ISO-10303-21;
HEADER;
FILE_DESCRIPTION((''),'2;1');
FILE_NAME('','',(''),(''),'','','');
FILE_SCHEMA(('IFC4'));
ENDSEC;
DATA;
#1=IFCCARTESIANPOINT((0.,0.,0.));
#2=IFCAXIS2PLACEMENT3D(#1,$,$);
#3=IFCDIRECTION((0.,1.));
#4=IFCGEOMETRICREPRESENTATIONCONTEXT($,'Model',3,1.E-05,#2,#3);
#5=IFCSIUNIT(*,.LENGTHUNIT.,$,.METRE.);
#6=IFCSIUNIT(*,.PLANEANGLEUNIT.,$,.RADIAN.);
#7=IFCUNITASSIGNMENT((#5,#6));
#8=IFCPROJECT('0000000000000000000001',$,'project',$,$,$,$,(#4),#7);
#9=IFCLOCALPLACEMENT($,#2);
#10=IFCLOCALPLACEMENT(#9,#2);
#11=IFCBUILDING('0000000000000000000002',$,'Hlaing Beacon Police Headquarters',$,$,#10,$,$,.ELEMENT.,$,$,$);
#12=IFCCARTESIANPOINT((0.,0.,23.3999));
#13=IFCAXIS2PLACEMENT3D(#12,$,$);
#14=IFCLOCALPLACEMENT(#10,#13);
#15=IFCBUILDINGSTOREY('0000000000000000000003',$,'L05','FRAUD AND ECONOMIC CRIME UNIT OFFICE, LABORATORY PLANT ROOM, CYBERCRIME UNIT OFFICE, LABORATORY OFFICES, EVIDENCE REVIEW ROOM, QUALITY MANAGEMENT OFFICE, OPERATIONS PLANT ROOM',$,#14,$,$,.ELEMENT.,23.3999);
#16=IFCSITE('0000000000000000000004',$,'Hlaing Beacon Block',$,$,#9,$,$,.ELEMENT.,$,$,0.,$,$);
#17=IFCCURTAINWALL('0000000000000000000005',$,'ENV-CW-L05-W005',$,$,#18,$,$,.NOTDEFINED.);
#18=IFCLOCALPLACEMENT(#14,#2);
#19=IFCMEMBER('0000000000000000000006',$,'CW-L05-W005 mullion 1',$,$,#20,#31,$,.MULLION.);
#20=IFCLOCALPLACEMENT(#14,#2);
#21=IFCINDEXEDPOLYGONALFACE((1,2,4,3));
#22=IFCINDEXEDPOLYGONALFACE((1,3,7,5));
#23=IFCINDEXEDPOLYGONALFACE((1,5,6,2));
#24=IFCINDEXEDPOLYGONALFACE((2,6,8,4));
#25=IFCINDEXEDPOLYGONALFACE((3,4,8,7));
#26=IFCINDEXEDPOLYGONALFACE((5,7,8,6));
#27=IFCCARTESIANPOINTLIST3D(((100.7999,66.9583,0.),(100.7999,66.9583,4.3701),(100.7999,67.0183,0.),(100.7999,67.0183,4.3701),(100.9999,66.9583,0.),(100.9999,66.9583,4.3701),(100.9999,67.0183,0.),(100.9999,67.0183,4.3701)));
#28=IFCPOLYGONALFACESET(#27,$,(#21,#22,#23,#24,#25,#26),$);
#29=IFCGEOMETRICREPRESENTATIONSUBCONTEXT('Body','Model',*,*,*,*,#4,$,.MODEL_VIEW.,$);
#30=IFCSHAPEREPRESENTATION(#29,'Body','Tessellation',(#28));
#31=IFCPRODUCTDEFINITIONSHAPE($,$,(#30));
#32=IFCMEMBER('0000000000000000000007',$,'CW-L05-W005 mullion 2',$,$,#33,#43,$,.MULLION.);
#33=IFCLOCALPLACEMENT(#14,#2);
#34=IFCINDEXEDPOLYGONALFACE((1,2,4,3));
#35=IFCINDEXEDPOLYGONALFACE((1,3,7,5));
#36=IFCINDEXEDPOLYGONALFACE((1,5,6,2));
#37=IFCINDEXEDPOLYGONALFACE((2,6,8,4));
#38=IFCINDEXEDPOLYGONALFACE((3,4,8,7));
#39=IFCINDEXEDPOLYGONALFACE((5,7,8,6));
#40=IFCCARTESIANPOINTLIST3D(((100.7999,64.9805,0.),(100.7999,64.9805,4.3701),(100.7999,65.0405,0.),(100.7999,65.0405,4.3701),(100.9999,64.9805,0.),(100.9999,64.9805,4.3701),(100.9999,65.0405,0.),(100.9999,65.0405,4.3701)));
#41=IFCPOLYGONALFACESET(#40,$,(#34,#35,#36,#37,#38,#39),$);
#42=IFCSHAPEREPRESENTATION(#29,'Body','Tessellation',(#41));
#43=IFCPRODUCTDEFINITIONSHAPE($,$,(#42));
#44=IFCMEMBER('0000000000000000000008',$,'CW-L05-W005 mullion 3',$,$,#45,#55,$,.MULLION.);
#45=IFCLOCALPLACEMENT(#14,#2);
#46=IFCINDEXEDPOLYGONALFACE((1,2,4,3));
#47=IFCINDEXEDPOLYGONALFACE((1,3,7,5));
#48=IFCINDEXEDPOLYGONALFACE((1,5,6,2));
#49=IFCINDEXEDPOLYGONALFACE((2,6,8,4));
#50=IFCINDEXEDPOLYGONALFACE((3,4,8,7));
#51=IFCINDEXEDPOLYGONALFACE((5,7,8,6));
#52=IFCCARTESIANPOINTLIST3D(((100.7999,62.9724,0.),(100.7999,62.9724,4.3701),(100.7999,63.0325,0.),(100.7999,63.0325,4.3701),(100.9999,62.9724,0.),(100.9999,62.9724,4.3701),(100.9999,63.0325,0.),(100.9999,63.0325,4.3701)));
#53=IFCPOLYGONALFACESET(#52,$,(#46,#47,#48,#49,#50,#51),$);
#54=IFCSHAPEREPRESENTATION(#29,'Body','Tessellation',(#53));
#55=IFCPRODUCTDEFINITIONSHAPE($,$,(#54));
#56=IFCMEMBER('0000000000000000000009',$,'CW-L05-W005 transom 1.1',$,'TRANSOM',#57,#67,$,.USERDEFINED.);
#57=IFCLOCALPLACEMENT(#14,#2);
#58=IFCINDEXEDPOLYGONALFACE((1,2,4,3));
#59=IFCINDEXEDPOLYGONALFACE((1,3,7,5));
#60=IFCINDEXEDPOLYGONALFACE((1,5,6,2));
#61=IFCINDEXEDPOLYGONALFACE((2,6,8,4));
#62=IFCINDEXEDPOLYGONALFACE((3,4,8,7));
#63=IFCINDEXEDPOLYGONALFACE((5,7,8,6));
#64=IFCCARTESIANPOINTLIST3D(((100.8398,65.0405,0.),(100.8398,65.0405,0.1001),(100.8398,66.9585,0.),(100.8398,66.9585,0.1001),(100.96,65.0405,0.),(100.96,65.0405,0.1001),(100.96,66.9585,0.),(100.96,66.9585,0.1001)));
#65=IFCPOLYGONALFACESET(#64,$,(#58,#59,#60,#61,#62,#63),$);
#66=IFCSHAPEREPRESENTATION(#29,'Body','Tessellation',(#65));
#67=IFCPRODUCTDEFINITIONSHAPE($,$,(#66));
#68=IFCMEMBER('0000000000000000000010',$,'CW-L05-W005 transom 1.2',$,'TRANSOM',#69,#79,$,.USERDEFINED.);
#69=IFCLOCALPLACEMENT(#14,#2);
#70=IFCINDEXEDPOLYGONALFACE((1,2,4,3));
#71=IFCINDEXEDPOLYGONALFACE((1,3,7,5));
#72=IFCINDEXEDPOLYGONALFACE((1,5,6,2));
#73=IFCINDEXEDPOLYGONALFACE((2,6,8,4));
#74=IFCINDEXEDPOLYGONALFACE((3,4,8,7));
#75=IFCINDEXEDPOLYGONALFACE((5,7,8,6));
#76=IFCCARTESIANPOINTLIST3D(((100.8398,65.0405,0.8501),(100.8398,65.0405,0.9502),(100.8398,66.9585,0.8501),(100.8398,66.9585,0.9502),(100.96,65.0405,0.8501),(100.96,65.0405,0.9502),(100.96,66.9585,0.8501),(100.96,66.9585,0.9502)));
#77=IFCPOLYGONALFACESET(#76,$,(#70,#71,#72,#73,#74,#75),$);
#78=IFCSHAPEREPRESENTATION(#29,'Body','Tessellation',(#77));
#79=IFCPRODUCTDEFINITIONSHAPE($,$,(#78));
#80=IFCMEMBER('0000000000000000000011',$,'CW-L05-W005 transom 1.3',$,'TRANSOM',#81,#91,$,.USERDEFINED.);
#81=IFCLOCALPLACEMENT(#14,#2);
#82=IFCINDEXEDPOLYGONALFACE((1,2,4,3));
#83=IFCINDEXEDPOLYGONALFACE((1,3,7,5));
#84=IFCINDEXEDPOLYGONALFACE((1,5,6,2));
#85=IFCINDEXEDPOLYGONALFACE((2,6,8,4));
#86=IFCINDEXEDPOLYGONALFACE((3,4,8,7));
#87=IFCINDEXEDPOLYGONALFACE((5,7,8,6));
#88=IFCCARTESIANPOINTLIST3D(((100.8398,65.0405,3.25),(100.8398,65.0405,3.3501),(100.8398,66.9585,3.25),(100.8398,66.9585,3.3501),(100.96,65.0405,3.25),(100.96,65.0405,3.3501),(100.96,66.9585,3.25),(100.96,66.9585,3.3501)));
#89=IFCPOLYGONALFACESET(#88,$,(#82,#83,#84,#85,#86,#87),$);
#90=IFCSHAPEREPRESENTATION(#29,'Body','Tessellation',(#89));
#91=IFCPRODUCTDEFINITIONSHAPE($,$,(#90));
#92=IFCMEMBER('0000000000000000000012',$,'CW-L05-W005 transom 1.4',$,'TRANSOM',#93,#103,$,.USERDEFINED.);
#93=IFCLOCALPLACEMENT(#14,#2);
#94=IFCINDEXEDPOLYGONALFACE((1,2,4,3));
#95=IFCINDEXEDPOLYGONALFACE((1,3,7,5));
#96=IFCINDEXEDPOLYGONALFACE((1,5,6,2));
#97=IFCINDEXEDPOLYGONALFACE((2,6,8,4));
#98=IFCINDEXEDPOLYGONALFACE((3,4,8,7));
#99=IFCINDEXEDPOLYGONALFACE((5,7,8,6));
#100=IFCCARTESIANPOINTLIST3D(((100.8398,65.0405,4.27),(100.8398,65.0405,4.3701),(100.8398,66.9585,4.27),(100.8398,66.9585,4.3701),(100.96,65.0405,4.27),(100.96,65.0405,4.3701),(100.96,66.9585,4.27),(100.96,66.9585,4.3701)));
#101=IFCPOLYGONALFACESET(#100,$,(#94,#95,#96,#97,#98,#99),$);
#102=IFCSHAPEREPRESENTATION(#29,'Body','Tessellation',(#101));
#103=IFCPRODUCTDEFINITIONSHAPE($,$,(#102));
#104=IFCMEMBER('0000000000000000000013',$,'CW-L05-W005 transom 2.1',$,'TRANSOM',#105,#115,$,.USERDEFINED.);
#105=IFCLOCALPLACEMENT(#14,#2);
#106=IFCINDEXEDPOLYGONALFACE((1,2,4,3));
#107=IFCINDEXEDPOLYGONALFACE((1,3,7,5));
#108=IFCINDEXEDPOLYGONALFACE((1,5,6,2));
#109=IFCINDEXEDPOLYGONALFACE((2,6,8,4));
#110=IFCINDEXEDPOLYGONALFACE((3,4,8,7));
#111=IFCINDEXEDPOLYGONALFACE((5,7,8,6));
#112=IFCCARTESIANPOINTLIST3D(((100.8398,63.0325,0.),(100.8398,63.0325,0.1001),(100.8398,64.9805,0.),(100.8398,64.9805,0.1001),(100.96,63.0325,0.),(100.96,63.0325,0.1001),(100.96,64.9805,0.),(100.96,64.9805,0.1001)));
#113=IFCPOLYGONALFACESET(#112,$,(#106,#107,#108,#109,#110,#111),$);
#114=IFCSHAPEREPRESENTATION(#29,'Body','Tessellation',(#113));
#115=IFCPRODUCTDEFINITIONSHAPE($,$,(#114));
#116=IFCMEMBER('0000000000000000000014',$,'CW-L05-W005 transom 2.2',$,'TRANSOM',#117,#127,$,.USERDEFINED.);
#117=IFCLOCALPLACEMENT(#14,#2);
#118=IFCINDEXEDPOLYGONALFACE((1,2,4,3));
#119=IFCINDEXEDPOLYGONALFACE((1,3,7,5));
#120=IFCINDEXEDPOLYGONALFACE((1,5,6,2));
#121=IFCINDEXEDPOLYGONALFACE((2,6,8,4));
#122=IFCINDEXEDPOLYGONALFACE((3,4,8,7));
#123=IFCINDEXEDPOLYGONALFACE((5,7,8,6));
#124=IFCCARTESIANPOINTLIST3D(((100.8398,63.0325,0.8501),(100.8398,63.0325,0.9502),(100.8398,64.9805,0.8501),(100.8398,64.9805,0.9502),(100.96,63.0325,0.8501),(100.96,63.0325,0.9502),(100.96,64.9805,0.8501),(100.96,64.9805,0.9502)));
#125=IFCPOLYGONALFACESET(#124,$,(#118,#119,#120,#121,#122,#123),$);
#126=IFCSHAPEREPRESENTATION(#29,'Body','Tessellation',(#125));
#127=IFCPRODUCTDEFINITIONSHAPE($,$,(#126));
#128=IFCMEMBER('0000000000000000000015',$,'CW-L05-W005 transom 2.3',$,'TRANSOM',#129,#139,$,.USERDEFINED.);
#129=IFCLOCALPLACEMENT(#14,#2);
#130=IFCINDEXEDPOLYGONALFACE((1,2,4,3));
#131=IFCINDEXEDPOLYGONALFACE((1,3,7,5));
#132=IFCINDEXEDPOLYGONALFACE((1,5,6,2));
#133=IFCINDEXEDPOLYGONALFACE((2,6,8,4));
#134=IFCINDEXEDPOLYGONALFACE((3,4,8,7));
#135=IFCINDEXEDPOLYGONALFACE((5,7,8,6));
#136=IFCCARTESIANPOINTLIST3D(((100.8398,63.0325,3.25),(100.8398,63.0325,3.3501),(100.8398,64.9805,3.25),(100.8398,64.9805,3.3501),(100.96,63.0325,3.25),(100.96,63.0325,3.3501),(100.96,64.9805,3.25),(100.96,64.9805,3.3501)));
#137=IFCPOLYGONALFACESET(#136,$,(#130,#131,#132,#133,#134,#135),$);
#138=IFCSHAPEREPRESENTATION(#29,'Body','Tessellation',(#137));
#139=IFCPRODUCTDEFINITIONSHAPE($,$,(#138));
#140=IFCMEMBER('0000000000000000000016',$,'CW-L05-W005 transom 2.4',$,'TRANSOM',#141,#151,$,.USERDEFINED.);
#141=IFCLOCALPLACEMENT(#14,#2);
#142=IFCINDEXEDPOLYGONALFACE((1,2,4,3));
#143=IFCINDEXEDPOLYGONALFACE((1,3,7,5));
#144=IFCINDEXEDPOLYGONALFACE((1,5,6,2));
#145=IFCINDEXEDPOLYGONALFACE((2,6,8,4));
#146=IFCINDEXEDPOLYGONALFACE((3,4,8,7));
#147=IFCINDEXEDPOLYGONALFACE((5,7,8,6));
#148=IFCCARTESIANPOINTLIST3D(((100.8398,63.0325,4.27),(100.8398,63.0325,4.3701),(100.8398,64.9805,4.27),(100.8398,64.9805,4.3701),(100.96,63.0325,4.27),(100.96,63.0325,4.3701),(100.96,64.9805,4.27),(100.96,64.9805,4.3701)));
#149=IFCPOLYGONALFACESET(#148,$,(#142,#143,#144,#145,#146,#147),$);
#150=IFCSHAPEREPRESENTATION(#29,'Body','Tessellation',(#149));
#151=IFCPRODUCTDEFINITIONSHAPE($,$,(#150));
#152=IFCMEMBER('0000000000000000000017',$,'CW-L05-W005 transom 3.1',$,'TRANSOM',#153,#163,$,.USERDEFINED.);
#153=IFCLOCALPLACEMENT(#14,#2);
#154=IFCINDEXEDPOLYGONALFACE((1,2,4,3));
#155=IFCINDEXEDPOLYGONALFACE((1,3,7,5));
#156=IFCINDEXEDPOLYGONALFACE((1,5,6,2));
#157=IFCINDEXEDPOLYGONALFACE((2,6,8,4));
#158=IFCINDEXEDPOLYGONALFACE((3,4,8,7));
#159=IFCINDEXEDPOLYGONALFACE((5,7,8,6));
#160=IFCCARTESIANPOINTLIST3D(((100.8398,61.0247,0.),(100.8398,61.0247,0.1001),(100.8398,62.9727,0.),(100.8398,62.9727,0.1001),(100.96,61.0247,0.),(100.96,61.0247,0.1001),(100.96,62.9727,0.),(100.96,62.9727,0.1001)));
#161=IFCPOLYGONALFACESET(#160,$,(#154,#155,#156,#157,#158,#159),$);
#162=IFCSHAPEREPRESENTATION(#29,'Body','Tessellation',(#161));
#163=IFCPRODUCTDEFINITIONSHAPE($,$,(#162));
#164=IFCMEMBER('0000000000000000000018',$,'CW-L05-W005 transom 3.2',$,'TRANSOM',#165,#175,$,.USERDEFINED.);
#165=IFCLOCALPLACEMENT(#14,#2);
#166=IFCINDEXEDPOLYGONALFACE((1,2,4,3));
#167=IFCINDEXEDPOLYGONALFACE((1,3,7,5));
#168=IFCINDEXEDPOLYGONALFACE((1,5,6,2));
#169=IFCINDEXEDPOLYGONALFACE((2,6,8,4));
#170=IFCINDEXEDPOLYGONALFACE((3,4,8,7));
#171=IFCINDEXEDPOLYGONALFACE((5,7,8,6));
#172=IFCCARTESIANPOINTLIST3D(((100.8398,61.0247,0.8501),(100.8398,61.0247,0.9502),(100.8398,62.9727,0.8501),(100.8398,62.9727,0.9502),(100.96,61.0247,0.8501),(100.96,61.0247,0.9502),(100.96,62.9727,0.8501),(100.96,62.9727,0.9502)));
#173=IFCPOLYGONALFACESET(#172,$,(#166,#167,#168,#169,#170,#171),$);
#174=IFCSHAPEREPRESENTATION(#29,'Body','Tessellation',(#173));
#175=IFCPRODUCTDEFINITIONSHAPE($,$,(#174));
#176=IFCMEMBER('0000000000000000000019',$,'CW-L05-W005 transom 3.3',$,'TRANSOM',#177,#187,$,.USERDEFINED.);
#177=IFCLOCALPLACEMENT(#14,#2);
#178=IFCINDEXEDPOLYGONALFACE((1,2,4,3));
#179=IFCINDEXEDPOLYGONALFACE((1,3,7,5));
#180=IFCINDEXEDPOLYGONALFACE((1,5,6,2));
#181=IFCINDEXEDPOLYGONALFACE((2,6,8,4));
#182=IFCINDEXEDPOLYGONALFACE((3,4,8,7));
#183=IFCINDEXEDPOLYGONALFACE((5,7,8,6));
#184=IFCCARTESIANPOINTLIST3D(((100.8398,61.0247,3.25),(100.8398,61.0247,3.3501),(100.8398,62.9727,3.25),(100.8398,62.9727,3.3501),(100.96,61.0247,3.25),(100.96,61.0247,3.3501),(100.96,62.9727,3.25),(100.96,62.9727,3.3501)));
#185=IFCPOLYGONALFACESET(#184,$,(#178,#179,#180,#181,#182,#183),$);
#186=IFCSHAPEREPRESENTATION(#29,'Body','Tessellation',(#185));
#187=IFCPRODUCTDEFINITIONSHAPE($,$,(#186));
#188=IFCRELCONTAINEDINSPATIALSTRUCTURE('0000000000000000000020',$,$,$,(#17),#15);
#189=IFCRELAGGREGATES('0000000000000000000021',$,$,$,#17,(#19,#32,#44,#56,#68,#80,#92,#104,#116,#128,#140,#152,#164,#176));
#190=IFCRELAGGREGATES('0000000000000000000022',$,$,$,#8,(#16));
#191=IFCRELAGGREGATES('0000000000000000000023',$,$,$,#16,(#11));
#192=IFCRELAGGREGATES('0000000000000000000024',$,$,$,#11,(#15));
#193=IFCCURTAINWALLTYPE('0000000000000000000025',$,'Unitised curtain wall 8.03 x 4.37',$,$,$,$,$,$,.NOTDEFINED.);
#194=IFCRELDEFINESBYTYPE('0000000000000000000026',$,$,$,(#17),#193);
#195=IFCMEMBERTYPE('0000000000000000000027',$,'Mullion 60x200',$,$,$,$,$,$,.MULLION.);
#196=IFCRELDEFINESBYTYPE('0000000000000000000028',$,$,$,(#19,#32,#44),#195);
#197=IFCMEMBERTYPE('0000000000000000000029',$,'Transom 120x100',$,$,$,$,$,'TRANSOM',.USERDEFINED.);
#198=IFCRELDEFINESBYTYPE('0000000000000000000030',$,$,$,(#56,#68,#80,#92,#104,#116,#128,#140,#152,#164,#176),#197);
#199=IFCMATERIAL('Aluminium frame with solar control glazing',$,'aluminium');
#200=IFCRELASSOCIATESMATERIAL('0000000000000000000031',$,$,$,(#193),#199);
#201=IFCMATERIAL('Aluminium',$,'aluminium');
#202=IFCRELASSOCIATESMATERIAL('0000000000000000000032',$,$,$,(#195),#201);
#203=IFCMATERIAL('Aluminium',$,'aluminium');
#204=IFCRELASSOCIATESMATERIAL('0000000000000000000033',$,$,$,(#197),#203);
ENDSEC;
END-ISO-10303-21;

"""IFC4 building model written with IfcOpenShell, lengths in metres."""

from ifc_helpers import new_model, si_unit, direction, frame, origin, origin_2d, place, context, subcontext, project, spatial, rectangle, extrude, material, material_profile, profile_set, type_object, element, aggregate, save


model = new_model("IFC4")

# Units and contexts
model_context = context("Model", 3, precision=1e-05, world=origin(), true_north=direction((0.0, 1.0)))
body_context = subcontext(model_context, "Body", "Model", "MODEL_VIEW")
ifc_project = project(units=[si_unit("LENGTHUNIT", "METRE"), si_unit("PLANEANGLEUNIT", "RADIAN")], contexts=[model_context])

# Site, building, storey
site_placement = place(None, origin())
site = spatial("IfcSite", under=ifc_project, at=site_placement, Name="Hlaing Beacon Block", CompositionType="ELEMENT", RefElevation=0.0)
building_placement = place(site_placement, origin())
building = spatial("IfcBuilding", under=site, at=building_placement, Name="Hlaing Beacon Police Headquarters", CompositionType="ELEMENT")
storey_placement = place(building_placement, frame((0.0, 0.0, 23.3999)))
storey = spatial("IfcBuildingStorey", under=building, at=storey_placement, Name="L05", Description="FRAUD AND ECONOMIC CRIME UNIT OFFICE, LABORATORY PLANT ROOM, CYBERCRIME UNIT OFFICE, LABORATORY OFFICES, EVIDENCE REVIEW ROOM, QUALITY MANAGEMENT OFFICE, OPERATIONS PLANT ROOM", CompositionType="ELEMENT", Elevation=23.3999)

# Curtain wall, members
ifc_material_1 = material(Name="Aluminium frame with solar control glazing", Category="aluminium")
curtain_wall_type = type_object("IfcCurtainWallType", Name="Unitised curtain wall 8.03 x 4.37", PredefinedType="NOTDEFINED", material=ifc_material_1)
curtain_wall_placement = place(storey_placement, origin())
curtain_wall = element("IfcCurtainWall", 1, at=curtain_wall_placement, inside=storey, type_object=curtain_wall_type, Name="ENV-CW-L05-W005", PredefinedType="NOTDEFINED")
ifc_material_2 = material(Name="Aluminium", Category="aluminium")
ifc_material_profile_1 = material_profile(ifc_material_2, rectangle(XDim=0.2, YDim=0.0601, at=origin_2d()), Name="Mullion 60x200")
ifc_profile_set_1 = profile_set([ifc_material_profile_1], Name="Aluminium")
member_type_1 = type_object("IfcMemberType", Name="Mullion 60x200", PredefinedType="MULLION", material=ifc_profile_set_1)
member_1_placement = place(storey_placement, frame((100.8999, 66.9883, 0.0), z_axis=(0.0, 0.0, 1.0), x_axis=(1.0, 0.0, 0.0)))
member_1 = element("IfcMember", 2, at=member_1_placement, type_object=member_type_1, Name="CW-L05-W005 mullion 1", PredefinedType="MULLION", context=body_context, shape_type="SweptSolid", body=[
    extrude(rectangle(XDim=0.2, YDim=0.0601, at=origin_2d()), origin(), (0.0, 0.0, 1.0), 4.3701),
])
member_2_placement = place(storey_placement, frame((100.8999, 65.0105, 0.0), z_axis=(0.0, 0.0, 1.0), x_axis=(1.0, 0.0, 0.0)))
member_2 = element("IfcMember", 3, at=member_2_placement, type_object=member_type_1, Name="CW-L05-W005 mullion 2", PredefinedType="MULLION", context=body_context, shape_type="SweptSolid", body=[
    extrude(rectangle(XDim=0.2, YDim=0.0601, at=origin_2d()), origin(), (0.0, 0.0, 1.0), 4.3701),
])
member_3_placement = place(storey_placement, frame((100.8999, 63.0024, 0.0), z_axis=(0.0, 0.0, 1.0), x_axis=(1.0, 0.0, 0.0)))
member_3 = element("IfcMember", 4, at=member_3_placement, type_object=member_type_1, Name="CW-L05-W005 mullion 3", PredefinedType="MULLION", context=body_context, shape_type="SweptSolid", body=[
    extrude(rectangle(XDim=0.2, YDim=0.0601, at=origin_2d()), origin(), (0.0, 0.0, 1.0), 4.3701),
])
ifc_material_3 = material(Name="Aluminium", Category="aluminium")
ifc_material_profile_2 = material_profile(ifc_material_3, rectangle(XDim=0.1201, YDim=0.1001, at=origin_2d()), Name="Transom 120x100")
ifc_profile_set_2 = profile_set([ifc_material_profile_2], Name="Aluminium")
member_type_2 = type_object("IfcMemberType", Name="Transom 120x100", ElementType="TRANSOM", PredefinedType="USERDEFINED", material=ifc_profile_set_2)
member_4_placement = place(storey_placement, frame((100.8999, 66.9585, 0.05), z_axis=(0.0, -1.0, 0.0), x_axis=(1.0, 0.0, 0.0)))
member_4 = element("IfcMember", 5, at=member_4_placement, type_object=member_type_2, Name="CW-L05-W005 transom 1.1", ObjectType="TRANSOM", PredefinedType="USERDEFINED", context=body_context, shape_type="SweptSolid", body=[
    extrude(rectangle(XDim=0.1201, YDim=0.1001, at=origin_2d()), origin(), (0.0, 0.0, 1.0), 1.918),
])
member_5_placement = place(storey_placement, frame((100.8999, 66.9585, 0.9001), z_axis=(0.0, -1.0, 0.0), x_axis=(1.0, 0.0, 0.0)))
member_5 = element("IfcMember", 6, at=member_5_placement, type_object=member_type_2, Name="CW-L05-W005 transom 1.2", ObjectType="TRANSOM", PredefinedType="USERDEFINED", context=body_context, shape_type="SweptSolid", body=[
    extrude(rectangle(XDim=0.1201, YDim=0.1001, at=origin_2d()), origin(), (0.0, 0.0, 1.0), 1.918),
])
member_6_placement = place(storey_placement, frame((100.8999, 66.9585, 3.3), z_axis=(0.0, -1.0, 0.0), x_axis=(1.0, 0.0, 0.0)))
member_6 = element("IfcMember", 7, at=member_6_placement, type_object=member_type_2, Name="CW-L05-W005 transom 1.3", ObjectType="TRANSOM", PredefinedType="USERDEFINED", context=body_context, shape_type="SweptSolid", body=[
    extrude(rectangle(XDim=0.1201, YDim=0.1001, at=origin_2d()), origin(), (0.0, 0.0, 1.0), 1.918),
])
member_7_placement = place(storey_placement, frame((100.8999, 66.9585, 4.3201), z_axis=(0.0, -1.0, 0.0), x_axis=(1.0, 0.0, 0.0)))
member_7 = element("IfcMember", 8, at=member_7_placement, type_object=member_type_2, Name="CW-L05-W005 transom 1.4", ObjectType="TRANSOM", PredefinedType="USERDEFINED", context=body_context, shape_type="SweptSolid", body=[
    extrude(rectangle(XDim=0.1201, YDim=0.1001, at=origin_2d()), origin(), (0.0, 0.0, 1.0), 1.918),
])
member_8_placement = place(storey_placement, frame((100.8999, 64.9805, 0.05), z_axis=(0.0, -1.0, 0.0), x_axis=(1.0, 0.0, 0.0)))
member_8 = element("IfcMember", 9, at=member_8_placement, type_object=member_type_2, Name="CW-L05-W005 transom 2.1", ObjectType="TRANSOM", PredefinedType="USERDEFINED", context=body_context, shape_type="SweptSolid", body=[
    extrude(rectangle(XDim=0.1201, YDim=0.1001, at=origin_2d()), origin(), (0.0, 0.0, 1.0), 1.948),
])
member_9_placement = place(storey_placement, frame((100.8999, 64.9805, 0.9001), z_axis=(0.0, -1.0, 0.0), x_axis=(1.0, 0.0, 0.0)))
member_9 = element("IfcMember", 10, at=member_9_placement, type_object=member_type_2, Name="CW-L05-W005 transom 2.2", ObjectType="TRANSOM", PredefinedType="USERDEFINED", context=body_context, shape_type="SweptSolid", body=[
    extrude(rectangle(XDim=0.1201, YDim=0.1001, at=origin_2d()), origin(), (0.0, 0.0, 1.0), 1.948),
])
member_10_placement = place(storey_placement, frame((100.8999, 64.9805, 3.3), z_axis=(0.0, -1.0, 0.0), x_axis=(1.0, 0.0, 0.0)))
member_10 = element("IfcMember", 11, at=member_10_placement, type_object=member_type_2, Name="CW-L05-W005 transom 2.3", ObjectType="TRANSOM", PredefinedType="USERDEFINED", context=body_context, shape_type="SweptSolid", body=[
    extrude(rectangle(XDim=0.1201, YDim=0.1001, at=origin_2d()), origin(), (0.0, 0.0, 1.0), 1.948),
])
member_11_placement = place(storey_placement, frame((100.8999, 64.9805, 4.3201), z_axis=(0.0, -1.0, 0.0), x_axis=(1.0, 0.0, 0.0)))
member_11 = element("IfcMember", 12, at=member_11_placement, type_object=member_type_2, Name="CW-L05-W005 transom 2.4", ObjectType="TRANSOM", PredefinedType="USERDEFINED", context=body_context, shape_type="SweptSolid", body=[
    extrude(rectangle(XDim=0.1201, YDim=0.1001, at=origin_2d()), origin(), (0.0, 0.0, 1.0), 1.948),
])
member_12_placement = place(storey_placement, frame((100.8999, 62.9727, 0.05), z_axis=(0.0, -1.0, 0.0), x_axis=(1.0, 0.0, 0.0)))
member_12 = element("IfcMember", 13, at=member_12_placement, type_object=member_type_2, Name="CW-L05-W005 transom 3.1", ObjectType="TRANSOM", PredefinedType="USERDEFINED", context=body_context, shape_type="SweptSolid", body=[
    extrude(rectangle(XDim=0.1201, YDim=0.1001, at=origin_2d()), origin(), (0.0, 0.0, 1.0), 1.948),
])
member_13_placement = place(storey_placement, frame((100.8999, 62.9727, 0.9001), z_axis=(0.0, -1.0, 0.0), x_axis=(1.0, 0.0, 0.0)))
member_13 = element("IfcMember", 14, at=member_13_placement, type_object=member_type_2, Name="CW-L05-W005 transom 3.2", ObjectType="TRANSOM", PredefinedType="USERDEFINED", context=body_context, shape_type="SweptSolid", body=[
    extrude(rectangle(XDim=0.1201, YDim=0.1001, at=origin_2d()), origin(), (0.0, 0.0, 1.0), 1.948),
])
member_14_placement = place(storey_placement, frame((100.8999, 62.9727, 3.3), z_axis=(0.0, -1.0, 0.0), x_axis=(1.0, 0.0, 0.0)))
member_14 = element("IfcMember", 15, at=member_14_placement, type_object=member_type_2, Name="CW-L05-W005 transom 3.3", ObjectType="TRANSOM", PredefinedType="USERDEFINED", context=body_context, shape_type="SweptSolid", body=[
    extrude(rectangle(XDim=0.1201, YDim=0.1001, at=origin_2d()), origin(), (0.0, 0.0, 1.0), 1.948),
])
aggregate(curtain_wall, [member_1, member_2, member_3, member_4, member_5, member_6, member_7, member_8, member_9, member_10, member_11, member_12, member_13, member_14])

save(model, "model.ifc")
